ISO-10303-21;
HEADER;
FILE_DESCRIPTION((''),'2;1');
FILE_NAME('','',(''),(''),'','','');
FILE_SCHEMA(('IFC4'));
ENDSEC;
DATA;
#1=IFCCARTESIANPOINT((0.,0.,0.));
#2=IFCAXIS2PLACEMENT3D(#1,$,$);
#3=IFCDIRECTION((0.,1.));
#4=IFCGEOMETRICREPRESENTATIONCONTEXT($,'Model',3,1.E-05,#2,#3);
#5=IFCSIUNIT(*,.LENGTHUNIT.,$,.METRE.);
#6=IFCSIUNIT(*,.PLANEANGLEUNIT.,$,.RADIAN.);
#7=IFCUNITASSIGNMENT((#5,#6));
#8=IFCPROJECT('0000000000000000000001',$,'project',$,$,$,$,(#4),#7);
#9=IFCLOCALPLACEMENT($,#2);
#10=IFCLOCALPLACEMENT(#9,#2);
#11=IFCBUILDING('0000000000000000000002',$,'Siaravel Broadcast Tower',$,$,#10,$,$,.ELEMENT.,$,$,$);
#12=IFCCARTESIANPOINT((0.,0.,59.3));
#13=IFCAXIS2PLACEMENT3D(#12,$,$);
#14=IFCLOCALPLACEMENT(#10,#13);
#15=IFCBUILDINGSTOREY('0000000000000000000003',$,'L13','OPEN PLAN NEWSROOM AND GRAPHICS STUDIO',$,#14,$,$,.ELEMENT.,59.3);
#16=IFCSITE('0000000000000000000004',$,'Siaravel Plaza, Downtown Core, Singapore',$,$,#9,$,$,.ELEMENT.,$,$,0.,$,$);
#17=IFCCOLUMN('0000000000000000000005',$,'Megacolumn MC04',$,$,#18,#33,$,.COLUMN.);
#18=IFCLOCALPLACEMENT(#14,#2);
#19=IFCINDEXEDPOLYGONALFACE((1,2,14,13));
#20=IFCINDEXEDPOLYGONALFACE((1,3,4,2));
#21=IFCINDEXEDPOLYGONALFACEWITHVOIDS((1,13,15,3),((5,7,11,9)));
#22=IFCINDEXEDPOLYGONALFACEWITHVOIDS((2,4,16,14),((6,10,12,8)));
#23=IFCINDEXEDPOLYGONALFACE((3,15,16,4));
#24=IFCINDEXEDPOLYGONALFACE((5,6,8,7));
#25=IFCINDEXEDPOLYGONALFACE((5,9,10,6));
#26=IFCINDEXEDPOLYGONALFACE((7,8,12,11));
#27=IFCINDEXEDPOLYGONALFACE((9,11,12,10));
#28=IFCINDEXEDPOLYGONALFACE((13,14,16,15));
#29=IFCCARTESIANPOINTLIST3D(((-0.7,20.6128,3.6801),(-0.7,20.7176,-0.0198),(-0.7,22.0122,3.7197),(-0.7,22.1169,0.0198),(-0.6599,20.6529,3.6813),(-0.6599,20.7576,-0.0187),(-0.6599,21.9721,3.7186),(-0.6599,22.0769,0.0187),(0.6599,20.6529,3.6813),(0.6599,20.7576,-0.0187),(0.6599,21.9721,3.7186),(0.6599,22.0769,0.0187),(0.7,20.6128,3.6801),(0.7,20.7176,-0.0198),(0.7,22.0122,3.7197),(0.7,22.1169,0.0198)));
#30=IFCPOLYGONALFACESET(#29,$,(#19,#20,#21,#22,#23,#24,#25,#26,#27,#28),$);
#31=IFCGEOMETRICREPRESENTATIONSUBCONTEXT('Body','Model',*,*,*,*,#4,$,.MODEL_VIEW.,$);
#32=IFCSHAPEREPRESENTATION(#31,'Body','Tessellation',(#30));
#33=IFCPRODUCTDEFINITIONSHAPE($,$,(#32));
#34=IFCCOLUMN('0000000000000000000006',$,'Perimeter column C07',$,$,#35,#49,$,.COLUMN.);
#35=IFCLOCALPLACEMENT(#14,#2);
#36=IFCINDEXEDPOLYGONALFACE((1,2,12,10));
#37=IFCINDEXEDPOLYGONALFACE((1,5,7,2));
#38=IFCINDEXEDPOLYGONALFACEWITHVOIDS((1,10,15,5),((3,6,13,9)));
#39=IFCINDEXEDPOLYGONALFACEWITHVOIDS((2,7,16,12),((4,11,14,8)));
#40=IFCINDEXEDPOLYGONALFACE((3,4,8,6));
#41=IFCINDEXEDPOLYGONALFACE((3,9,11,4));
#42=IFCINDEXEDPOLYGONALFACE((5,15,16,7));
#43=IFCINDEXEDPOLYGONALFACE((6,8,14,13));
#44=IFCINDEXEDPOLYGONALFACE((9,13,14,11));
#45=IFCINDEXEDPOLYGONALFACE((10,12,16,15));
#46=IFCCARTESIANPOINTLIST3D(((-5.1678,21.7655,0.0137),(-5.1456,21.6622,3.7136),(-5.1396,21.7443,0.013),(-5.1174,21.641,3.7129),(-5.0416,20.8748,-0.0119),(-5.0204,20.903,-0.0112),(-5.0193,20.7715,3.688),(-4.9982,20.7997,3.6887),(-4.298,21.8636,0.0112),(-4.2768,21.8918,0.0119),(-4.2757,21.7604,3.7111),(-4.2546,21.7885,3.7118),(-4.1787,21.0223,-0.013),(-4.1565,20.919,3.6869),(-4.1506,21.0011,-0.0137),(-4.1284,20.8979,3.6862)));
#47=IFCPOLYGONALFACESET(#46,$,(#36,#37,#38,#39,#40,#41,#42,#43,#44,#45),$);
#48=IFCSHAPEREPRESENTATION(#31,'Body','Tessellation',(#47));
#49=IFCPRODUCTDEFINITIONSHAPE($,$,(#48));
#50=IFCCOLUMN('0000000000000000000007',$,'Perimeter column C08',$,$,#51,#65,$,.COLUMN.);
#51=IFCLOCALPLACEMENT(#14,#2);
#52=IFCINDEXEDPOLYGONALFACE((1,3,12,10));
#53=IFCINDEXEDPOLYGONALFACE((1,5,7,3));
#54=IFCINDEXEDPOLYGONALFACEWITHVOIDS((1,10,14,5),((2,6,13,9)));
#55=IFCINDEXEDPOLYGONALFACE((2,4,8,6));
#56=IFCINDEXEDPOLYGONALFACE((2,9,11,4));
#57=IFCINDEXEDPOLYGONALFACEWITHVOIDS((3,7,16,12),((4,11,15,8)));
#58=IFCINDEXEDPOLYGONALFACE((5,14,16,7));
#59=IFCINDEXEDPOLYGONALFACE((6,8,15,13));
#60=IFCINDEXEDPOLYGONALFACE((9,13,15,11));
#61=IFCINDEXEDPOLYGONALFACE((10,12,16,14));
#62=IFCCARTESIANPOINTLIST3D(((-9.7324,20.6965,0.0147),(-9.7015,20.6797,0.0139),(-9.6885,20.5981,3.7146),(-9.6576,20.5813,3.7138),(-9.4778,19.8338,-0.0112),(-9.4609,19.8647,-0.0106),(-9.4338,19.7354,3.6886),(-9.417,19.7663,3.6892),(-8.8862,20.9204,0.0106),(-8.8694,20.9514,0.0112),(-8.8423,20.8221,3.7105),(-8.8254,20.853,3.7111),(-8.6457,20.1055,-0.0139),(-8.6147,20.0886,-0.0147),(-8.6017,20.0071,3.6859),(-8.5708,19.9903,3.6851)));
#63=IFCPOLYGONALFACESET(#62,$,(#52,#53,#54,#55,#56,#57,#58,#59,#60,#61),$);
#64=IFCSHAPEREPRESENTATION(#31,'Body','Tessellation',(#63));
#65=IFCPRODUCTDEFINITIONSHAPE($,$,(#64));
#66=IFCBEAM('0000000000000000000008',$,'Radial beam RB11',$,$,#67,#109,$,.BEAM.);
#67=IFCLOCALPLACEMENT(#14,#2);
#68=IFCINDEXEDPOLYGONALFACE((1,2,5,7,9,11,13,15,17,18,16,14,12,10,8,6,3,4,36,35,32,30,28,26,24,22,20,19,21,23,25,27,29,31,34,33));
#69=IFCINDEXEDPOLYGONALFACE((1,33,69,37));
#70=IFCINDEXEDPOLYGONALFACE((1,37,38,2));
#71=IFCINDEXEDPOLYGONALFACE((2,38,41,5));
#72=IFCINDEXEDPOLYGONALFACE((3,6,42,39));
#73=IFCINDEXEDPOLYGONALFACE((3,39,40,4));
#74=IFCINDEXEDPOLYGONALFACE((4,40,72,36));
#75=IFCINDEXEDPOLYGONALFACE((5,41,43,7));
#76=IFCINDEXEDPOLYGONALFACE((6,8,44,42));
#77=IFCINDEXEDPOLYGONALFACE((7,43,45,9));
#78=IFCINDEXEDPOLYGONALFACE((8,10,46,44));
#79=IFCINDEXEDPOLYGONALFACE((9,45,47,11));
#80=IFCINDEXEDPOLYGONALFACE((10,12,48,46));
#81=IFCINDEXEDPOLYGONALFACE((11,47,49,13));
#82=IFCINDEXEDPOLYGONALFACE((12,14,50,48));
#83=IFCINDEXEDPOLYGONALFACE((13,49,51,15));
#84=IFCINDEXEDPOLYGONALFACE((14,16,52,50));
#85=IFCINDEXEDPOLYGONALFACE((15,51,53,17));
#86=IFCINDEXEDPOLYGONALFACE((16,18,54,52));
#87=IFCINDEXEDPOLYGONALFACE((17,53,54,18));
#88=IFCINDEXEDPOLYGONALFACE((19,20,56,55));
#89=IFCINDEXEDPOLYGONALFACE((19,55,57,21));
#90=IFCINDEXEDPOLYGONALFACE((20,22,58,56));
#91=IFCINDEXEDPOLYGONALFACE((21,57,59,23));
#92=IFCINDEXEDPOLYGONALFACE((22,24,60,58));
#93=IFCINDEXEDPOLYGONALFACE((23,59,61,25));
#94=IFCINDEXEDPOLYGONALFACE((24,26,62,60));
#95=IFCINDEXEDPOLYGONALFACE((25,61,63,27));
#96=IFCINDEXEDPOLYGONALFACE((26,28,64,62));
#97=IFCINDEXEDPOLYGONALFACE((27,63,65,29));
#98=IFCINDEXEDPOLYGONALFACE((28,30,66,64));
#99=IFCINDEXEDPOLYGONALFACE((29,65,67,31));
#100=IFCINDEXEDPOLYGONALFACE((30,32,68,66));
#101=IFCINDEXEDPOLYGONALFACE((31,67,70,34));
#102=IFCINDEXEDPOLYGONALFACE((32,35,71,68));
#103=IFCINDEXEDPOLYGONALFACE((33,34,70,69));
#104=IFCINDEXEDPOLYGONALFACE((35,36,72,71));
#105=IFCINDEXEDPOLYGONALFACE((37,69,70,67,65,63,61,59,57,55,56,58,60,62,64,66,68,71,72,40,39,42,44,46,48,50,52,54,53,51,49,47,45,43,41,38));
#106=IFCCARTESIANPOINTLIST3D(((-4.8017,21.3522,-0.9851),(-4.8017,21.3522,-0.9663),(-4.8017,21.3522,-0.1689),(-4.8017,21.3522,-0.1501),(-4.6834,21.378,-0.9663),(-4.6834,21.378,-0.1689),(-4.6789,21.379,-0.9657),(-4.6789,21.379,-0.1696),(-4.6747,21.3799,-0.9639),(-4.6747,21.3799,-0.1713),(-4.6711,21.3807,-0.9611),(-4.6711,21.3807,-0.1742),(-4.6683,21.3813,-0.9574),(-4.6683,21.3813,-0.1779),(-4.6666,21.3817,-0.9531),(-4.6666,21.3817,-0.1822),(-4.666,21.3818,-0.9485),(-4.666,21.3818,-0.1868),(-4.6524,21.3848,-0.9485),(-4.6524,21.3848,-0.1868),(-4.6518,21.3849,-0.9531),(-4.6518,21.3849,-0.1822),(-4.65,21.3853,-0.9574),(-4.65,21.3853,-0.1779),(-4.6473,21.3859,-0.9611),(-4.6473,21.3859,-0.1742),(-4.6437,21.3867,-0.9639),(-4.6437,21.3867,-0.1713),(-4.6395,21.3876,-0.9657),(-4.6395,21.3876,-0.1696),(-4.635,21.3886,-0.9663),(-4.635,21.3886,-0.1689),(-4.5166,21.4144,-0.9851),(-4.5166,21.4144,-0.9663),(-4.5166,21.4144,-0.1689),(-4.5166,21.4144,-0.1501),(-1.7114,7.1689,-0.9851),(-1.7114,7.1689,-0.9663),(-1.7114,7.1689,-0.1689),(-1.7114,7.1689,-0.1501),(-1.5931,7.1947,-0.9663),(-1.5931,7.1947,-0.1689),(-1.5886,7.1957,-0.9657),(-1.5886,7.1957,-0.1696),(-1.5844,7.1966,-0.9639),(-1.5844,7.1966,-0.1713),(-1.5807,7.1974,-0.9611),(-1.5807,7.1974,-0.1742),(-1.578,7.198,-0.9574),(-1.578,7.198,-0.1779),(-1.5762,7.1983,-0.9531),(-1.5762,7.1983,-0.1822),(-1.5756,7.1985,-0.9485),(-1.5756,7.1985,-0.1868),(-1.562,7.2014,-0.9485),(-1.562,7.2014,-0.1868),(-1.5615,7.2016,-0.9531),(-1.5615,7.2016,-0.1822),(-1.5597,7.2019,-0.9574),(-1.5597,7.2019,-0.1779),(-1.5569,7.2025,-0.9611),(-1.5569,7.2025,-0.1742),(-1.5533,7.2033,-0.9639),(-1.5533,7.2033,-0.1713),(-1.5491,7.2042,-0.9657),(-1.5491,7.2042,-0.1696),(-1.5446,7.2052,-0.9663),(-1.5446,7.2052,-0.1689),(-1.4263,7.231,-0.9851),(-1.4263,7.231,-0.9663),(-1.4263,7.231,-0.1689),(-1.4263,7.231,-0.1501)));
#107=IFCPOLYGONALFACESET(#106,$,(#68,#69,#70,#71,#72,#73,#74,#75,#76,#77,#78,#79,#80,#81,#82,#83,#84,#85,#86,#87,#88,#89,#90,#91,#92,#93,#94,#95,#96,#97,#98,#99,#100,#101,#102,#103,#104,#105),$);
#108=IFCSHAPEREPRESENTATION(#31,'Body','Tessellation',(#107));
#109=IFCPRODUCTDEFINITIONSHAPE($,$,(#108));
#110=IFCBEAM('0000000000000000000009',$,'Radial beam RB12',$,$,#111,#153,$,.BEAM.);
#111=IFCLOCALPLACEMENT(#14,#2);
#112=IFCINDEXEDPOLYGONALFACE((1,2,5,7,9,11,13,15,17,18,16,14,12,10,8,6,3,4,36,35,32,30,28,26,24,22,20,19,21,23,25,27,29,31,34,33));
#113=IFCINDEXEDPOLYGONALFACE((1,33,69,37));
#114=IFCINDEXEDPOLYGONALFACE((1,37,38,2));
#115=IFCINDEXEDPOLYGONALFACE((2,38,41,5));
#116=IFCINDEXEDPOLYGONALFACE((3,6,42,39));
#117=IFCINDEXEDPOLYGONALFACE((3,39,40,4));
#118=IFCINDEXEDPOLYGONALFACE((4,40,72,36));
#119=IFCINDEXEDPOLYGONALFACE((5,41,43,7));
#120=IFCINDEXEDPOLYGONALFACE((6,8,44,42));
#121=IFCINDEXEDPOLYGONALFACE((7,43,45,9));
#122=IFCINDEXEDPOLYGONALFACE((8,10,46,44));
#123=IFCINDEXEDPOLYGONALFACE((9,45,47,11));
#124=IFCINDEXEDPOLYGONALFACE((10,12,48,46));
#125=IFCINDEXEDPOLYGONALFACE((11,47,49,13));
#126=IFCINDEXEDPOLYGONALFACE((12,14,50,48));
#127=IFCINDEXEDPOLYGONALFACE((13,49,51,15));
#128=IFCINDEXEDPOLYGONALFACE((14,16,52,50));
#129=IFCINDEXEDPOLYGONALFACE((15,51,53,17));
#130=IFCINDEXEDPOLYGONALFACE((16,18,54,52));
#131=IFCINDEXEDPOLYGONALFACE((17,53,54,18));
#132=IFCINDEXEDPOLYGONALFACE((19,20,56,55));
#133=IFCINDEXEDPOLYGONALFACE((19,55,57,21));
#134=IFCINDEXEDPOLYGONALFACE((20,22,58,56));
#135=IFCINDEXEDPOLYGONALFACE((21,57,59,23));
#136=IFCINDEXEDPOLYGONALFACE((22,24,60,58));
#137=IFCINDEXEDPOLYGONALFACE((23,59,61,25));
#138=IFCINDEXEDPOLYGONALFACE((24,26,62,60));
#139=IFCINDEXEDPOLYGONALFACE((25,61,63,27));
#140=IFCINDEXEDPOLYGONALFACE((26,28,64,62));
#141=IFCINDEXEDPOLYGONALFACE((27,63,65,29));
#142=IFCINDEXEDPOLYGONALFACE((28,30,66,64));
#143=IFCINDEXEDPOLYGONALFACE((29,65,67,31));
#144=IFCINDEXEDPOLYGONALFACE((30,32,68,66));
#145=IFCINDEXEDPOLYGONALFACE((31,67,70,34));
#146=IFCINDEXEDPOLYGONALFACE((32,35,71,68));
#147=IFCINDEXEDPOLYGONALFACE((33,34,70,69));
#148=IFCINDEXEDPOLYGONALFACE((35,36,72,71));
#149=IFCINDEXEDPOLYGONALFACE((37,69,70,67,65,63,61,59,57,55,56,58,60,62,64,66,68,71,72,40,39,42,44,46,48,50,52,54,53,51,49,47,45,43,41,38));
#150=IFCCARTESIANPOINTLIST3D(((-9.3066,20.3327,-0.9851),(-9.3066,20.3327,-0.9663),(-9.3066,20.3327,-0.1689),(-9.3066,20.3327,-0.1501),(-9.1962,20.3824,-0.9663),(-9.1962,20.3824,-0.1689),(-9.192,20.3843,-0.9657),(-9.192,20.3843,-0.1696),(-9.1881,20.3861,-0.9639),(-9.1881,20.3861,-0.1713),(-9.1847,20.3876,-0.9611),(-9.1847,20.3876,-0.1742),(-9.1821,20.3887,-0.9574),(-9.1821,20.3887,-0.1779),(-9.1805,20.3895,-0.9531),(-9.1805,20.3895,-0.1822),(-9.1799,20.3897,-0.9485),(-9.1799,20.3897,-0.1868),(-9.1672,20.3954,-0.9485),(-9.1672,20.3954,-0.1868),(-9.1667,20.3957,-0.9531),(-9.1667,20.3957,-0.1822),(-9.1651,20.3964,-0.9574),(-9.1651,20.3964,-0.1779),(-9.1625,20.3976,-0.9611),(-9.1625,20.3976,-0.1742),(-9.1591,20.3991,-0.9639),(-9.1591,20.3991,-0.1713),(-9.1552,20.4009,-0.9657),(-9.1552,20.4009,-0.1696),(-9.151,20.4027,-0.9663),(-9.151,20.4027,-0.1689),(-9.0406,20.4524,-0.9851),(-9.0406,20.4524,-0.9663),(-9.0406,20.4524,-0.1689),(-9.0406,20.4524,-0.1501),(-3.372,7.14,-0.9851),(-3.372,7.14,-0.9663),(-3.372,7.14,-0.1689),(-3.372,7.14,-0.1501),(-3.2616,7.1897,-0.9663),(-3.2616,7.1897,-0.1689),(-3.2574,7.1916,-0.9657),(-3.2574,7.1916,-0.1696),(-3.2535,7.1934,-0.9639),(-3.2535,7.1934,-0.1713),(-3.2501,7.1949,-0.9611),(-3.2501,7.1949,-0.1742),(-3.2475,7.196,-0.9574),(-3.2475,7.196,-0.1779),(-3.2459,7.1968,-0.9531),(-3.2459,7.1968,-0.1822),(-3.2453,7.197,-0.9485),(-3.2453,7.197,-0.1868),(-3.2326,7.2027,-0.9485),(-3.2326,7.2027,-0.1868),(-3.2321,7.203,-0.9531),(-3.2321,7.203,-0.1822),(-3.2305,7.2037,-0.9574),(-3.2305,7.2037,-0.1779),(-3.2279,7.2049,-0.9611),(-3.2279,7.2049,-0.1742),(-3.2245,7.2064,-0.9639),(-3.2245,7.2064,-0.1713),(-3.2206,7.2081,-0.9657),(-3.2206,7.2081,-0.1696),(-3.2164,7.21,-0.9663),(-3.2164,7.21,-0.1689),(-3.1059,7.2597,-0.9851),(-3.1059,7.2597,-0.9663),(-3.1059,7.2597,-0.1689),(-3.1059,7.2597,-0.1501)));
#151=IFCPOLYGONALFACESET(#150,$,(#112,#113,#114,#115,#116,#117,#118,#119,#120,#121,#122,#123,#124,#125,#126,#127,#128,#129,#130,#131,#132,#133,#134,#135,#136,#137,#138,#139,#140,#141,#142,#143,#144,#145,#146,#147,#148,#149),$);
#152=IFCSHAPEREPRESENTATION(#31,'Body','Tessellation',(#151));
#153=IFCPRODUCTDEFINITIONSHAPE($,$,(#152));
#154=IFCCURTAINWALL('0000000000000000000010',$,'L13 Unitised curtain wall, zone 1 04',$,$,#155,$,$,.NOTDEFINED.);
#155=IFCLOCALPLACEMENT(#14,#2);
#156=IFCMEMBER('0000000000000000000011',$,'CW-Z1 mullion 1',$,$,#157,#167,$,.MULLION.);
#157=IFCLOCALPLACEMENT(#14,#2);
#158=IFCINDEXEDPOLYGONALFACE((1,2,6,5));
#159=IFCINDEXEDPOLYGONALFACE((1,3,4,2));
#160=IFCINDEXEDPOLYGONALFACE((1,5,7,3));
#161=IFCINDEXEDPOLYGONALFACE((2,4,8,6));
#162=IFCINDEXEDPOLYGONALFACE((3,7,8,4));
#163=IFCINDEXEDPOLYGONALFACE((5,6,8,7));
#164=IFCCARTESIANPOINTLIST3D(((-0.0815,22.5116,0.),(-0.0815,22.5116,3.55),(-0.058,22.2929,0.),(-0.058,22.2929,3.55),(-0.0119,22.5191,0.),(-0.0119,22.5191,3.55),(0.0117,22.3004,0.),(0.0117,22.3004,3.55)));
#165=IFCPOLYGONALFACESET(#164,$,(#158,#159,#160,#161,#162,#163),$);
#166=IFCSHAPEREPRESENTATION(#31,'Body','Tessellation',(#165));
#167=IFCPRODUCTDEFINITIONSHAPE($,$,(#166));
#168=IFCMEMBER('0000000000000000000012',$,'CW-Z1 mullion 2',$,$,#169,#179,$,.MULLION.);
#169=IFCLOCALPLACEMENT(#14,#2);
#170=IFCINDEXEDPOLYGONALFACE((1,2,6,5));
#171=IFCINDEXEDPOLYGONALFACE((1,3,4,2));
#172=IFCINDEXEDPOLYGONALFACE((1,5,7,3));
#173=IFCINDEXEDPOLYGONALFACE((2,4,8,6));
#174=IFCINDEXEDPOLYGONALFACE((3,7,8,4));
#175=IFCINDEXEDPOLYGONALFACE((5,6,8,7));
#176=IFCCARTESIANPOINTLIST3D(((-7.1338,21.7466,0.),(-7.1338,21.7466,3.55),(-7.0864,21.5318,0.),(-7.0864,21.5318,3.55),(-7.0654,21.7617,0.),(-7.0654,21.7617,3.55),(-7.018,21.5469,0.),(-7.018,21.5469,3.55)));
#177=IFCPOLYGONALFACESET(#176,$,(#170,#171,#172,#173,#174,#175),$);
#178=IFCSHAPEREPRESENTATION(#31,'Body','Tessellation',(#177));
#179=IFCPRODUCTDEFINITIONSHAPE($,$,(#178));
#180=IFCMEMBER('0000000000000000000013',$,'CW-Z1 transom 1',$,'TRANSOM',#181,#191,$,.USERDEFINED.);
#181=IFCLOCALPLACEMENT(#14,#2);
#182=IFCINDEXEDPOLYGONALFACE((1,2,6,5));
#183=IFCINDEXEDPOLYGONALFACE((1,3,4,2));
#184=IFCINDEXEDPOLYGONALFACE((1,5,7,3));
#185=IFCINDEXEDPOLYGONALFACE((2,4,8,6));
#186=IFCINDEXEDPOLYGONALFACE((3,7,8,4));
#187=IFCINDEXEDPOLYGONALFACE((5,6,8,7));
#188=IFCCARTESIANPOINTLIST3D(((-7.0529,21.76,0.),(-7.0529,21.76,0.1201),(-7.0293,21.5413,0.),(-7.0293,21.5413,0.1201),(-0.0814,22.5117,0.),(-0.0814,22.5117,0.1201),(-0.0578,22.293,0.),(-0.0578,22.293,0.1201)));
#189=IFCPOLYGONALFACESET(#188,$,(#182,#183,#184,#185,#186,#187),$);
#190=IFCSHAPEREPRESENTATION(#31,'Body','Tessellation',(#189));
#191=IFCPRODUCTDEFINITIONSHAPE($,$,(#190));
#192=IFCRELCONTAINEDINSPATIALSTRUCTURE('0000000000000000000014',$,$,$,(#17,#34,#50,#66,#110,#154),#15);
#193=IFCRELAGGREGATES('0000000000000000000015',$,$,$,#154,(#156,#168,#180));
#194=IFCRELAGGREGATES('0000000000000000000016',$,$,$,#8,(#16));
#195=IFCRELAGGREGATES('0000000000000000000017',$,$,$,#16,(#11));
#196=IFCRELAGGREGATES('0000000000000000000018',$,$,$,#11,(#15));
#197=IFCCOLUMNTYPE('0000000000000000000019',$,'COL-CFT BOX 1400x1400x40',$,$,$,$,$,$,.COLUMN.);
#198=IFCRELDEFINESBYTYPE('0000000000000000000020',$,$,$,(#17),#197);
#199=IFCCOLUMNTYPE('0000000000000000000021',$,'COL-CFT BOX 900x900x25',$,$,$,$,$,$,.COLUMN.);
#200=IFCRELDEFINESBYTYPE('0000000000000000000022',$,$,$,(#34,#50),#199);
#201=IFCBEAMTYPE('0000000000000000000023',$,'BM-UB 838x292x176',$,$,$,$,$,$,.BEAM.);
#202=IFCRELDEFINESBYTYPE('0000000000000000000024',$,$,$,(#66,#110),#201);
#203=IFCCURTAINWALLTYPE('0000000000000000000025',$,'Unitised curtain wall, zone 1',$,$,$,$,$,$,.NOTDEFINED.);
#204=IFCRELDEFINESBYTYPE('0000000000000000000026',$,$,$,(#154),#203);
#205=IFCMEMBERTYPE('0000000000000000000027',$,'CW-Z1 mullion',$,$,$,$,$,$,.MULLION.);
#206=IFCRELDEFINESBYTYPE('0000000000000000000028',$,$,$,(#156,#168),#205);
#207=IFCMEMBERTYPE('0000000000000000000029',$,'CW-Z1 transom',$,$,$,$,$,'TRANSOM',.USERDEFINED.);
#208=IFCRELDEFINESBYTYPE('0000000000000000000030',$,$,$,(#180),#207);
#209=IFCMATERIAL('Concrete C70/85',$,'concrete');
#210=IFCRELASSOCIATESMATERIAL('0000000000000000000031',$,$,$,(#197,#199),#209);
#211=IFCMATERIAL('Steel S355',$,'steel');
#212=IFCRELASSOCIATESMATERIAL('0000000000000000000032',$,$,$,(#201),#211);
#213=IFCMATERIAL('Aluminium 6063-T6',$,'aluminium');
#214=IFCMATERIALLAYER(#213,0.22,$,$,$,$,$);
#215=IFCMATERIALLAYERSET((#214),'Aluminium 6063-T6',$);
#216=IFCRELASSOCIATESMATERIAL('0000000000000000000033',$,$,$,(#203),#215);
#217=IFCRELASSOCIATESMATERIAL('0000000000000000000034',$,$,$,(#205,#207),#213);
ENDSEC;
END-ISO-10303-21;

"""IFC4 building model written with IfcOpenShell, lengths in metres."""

from ifc_helpers import new_model, si_unit, direction, frame, origin, origin_2d, place, context, subcontext, project, spatial, rectangle, hollow_rectangle, i_section, extrude, material, layer, layer_set, material_profile, profile_set, type_object, element, aggregate, save


model = new_model("IFC4")

# Units and contexts
model_context = context("Model", 3, precision=1e-05, world=origin(), true_north=direction((0.0, 1.0)))
body_context = subcontext(model_context, "Body", "Model", "MODEL_VIEW")
ifc_project = project(units=[si_unit("LENGTHUNIT", "METRE"), si_unit("PLANEANGLEUNIT", "RADIAN")], contexts=[model_context])

# Site, building, storey
site_placement = place(None, origin())
site = spatial("IfcSite", under=ifc_project, at=site_placement, Name="Siaravel Plaza, Downtown Core, Singapore", CompositionType="ELEMENT", RefElevation=0.0)
building_placement = place(site_placement, origin())
building = spatial("IfcBuilding", under=site, at=building_placement, Name="Siaravel Broadcast Tower", CompositionType="ELEMENT")
storey_placement = place(building_placement, frame((0.0, 0.0, 59.3)))
storey = spatial("IfcBuildingStorey", under=building, at=storey_placement, Name="L13", Description="OPEN PLAN NEWSROOM AND GRAPHICS STUDIO", CompositionType="ELEMENT", Elevation=59.3)

# Columns
ifc_material_1 = material(Name="Concrete C70/85", Category="concrete")
ifc_material_profile_1 = material_profile(ifc_material_1, hollow_rectangle(XDim=1.3999, YDim=1.3999, WallThickness=0.04, at=origin_2d()))
ifc_profile_set_1 = profile_set([ifc_material_profile_1], Name="Concrete C70/85")
column_type_1 = type_object("IfcColumnType", Name="COL-CFT BOX 1400x1400x40", PredefinedType="COLUMN", material=ifc_profile_set_1)
column_placement = place(storey_placement, frame((0.0, 21.4172, 0.0), z_axis=(0.0, -0.028296, 0.9996), x_axis=(1.0, 0.0, 0.0)))
element("IfcColumn", 1, at=column_placement, inside=storey, type_object=column_type_1, Name="Megacolumn MC04", PredefinedType="COLUMN", context=body_context, shape_type="SweptSolid", body=[
    extrude(hollow_rectangle(XDim=1.3999, YDim=1.3999, WallThickness=0.04, at=origin_2d()), origin(), (0.0, 0.0, 1.0), 3.7014),
])
ifc_material_profile_2 = material_profile(ifc_material_1, hollow_rectangle(XDim=0.8999, YDim=0.8999, WallThickness=0.0249, at=origin_2d()))
ifc_profile_set_2 = profile_set([ifc_material_profile_2], Name="Concrete C70/85")
column_type_2 = type_object("IfcColumnType", Name="COL-CFT BOX 900x900x25", PredefinedType="COLUMN", material=ifc_profile_set_2)
for number, where, z_axis, x_axis, name in (
    (2, (-4.6592, 21.3833, 0.0), (0.006002, -0.0279, 0.999593), (0.990096, 0.140377, -0.002027), "Perimeter column C07"),
    (3, (-9.1736, 20.3926, 0.0), (0.011872, -0.026581, 0.999576), (0.95905, 0.283212, -0.00386), "Perimeter column C08"),
):
    element("IfcColumn", number, at=place(storey_placement, frame(where, z_axis=z_axis, x_axis=x_axis)), inside=storey, type_object=column_type_2, Name=name, PredefinedType="COLUMN", context=body_context, shape_type="SweptSolid", body=[
        extrude(hollow_rectangle(XDim=0.8999, YDim=0.8999, WallThickness=0.0249, at=origin_2d()), origin(), (0.0, 0.0, 1.0), 3.7014),
    ])

# Beams
ifc_material_2 = material(Name="Steel S355", Category="steel")
ifc_material_profile_3 = material_profile(ifc_material_2, i_section(OverallWidth=0.2917, OverallDepth=0.835, WebThickness=0.0139, FlangeThickness=0.0188, FilletRadius=0.0178, at=origin_2d()))
ifc_profile_set_3 = profile_set([ifc_material_profile_3], Name="Steel S355")
beam_type = type_object("IfcBeamType", Name="BM-UB 838x292x176", PredefinedType="BEAM", material=ifc_profile_set_3)
beam_1_placement = place(storey_placement, frame((-4.6592, 21.3833, -0.5676), z_axis=(0.21289, -0.977076, 0.0), x_axis=(0.977076, 0.21289, 0.0)))
element("IfcBeam", 4, at=beam_1_placement, inside=storey, type_object=beam_type, Name="Radial beam RB11", PredefinedType="BEAM", context=body_context, shape_type="SweptSolid", body=[
    extrude(i_section(OverallWidth=0.2917, OverallDepth=0.835, WebThickness=0.0139, FlangeThickness=0.0188, FilletRadius=0.0178, at=origin_2d()), origin(), (0.0, 0.0, 1.0), 14.5161),
])
beam_2_placement = place(storey_placement, frame((-9.1736, 20.3926, -0.5676), z_axis=(0.410243, -0.911976, 0.0), x_axis=(0.911976, 0.410243, 0.0)))
element("IfcBeam", 5, at=beam_2_placement, inside=storey, type_object=beam_type, Name="Radial beam RB12", PredefinedType="BEAM", context=body_context, shape_type="SweptSolid", body=[
    extrude(i_section(OverallWidth=0.2917, OverallDepth=0.835, WebThickness=0.0139, FlangeThickness=0.0188, FilletRadius=0.0178, at=origin_2d()), origin(), (0.0, 0.0, 1.0), 14.4661),
])

# Curtain wall, members
ifc_material_3 = material(Name="Aluminium 6063-T6", Category="aluminium")
ifc_layer_1 = layer(ifc_material_3, 0.22)
ifc_layer_set_1 = layer_set([ifc_layer_1], Name="Aluminium 6063-T6")
curtain_wall_type = type_object("IfcCurtainWallType", Name="Unitised curtain wall, zone 1", PredefinedType="NOTDEFINED", material=ifc_layer_set_1)
curtain_wall_placement = place(storey_placement, origin())
curtain_wall = element("IfcCurtainWall", 6, at=curtain_wall_placement, inside=storey, type_object=curtain_wall_type, Name="L13 Unitised curtain wall, zone 1 04", PredefinedType="NOTDEFINED")
ifc_material_profile_4 = material_profile(ifc_material_3, rectangle(XDim=0.22, YDim=0.0701, at=origin_2d()))
ifc_profile_set_4 = profile_set([ifc_material_profile_4], Name="Aluminium 6063-T6")
member_type_1 = type_object("IfcMemberType", Name="CW-Z1 mullion", PredefinedType="MULLION", material=ifc_profile_set_4)
member_1_placement = place(storey_placement, frame((-0.0349, 22.406, 0.0), z_axis=(0.0, 0.0, 1.0), x_axis=(0.107217, -0.994236, 0.0)))
member_1 = element("IfcMember", 7, at=member_1_placement, type_object=member_type_1, Name="CW-Z1 mullion 1", PredefinedType="MULLION", context=body_context, shape_type="SweptSolid", body=[
    extrude(rectangle(XDim=0.22, YDim=0.0701, at=origin_2d()), origin(), (0.0, 0.0, 1.0), 3.55),
])
member_2_placement = place(storey_placement, frame((-7.0759, 21.6467, 0.0), z_axis=(0.0, 0.0, 1.0), x_axis=(0.215557, -0.976491, 0.0)))
member_2 = element("IfcMember", 8, at=member_2_placement, type_object=member_type_1, Name="CW-Z1 mullion 2", PredefinedType="MULLION", context=body_context, shape_type="SweptSolid", body=[
    extrude(rectangle(XDim=0.22, YDim=0.0701, at=origin_2d()), origin(), (0.0, 0.0, 1.0), 3.55),
])
ifc_material_profile_5 = material_profile(ifc_material_3, rectangle(XDim=0.22, YDim=0.1201, at=origin_2d()))
ifc_profile_set_5 = profile_set([ifc_material_profile_5], Name="Aluminium 6063-T6")
member_type_2 = type_object("IfcMemberType", Name="CW-Z1 transom", ElementType="TRANSOM", PredefinedType="USERDEFINED", material=ifc_profile_set_5)
member_3_placement = place(storey_placement, frame((-0.0696, 22.4023, 0.0601), z_axis=(-0.994237, -0.107206, 0.0), x_axis=(0.107206, -0.994237, 0.0)))
member_3 = element("IfcMember", 9, at=member_3_placement, type_object=member_type_2, Name="CW-Z1 transom 1", ObjectType="TRANSOM", PredefinedType="USERDEFINED", context=body_context, shape_type="SweptSolid", body=[
    extrude(rectangle(XDim=0.22, YDim=0.1201, at=origin_2d()), origin(), (0.0, 0.0, 1.0), 7.012),
])

aggregate(curtain_wall, [member_1, member_2, member_3])

save(model, "model.ifc")
